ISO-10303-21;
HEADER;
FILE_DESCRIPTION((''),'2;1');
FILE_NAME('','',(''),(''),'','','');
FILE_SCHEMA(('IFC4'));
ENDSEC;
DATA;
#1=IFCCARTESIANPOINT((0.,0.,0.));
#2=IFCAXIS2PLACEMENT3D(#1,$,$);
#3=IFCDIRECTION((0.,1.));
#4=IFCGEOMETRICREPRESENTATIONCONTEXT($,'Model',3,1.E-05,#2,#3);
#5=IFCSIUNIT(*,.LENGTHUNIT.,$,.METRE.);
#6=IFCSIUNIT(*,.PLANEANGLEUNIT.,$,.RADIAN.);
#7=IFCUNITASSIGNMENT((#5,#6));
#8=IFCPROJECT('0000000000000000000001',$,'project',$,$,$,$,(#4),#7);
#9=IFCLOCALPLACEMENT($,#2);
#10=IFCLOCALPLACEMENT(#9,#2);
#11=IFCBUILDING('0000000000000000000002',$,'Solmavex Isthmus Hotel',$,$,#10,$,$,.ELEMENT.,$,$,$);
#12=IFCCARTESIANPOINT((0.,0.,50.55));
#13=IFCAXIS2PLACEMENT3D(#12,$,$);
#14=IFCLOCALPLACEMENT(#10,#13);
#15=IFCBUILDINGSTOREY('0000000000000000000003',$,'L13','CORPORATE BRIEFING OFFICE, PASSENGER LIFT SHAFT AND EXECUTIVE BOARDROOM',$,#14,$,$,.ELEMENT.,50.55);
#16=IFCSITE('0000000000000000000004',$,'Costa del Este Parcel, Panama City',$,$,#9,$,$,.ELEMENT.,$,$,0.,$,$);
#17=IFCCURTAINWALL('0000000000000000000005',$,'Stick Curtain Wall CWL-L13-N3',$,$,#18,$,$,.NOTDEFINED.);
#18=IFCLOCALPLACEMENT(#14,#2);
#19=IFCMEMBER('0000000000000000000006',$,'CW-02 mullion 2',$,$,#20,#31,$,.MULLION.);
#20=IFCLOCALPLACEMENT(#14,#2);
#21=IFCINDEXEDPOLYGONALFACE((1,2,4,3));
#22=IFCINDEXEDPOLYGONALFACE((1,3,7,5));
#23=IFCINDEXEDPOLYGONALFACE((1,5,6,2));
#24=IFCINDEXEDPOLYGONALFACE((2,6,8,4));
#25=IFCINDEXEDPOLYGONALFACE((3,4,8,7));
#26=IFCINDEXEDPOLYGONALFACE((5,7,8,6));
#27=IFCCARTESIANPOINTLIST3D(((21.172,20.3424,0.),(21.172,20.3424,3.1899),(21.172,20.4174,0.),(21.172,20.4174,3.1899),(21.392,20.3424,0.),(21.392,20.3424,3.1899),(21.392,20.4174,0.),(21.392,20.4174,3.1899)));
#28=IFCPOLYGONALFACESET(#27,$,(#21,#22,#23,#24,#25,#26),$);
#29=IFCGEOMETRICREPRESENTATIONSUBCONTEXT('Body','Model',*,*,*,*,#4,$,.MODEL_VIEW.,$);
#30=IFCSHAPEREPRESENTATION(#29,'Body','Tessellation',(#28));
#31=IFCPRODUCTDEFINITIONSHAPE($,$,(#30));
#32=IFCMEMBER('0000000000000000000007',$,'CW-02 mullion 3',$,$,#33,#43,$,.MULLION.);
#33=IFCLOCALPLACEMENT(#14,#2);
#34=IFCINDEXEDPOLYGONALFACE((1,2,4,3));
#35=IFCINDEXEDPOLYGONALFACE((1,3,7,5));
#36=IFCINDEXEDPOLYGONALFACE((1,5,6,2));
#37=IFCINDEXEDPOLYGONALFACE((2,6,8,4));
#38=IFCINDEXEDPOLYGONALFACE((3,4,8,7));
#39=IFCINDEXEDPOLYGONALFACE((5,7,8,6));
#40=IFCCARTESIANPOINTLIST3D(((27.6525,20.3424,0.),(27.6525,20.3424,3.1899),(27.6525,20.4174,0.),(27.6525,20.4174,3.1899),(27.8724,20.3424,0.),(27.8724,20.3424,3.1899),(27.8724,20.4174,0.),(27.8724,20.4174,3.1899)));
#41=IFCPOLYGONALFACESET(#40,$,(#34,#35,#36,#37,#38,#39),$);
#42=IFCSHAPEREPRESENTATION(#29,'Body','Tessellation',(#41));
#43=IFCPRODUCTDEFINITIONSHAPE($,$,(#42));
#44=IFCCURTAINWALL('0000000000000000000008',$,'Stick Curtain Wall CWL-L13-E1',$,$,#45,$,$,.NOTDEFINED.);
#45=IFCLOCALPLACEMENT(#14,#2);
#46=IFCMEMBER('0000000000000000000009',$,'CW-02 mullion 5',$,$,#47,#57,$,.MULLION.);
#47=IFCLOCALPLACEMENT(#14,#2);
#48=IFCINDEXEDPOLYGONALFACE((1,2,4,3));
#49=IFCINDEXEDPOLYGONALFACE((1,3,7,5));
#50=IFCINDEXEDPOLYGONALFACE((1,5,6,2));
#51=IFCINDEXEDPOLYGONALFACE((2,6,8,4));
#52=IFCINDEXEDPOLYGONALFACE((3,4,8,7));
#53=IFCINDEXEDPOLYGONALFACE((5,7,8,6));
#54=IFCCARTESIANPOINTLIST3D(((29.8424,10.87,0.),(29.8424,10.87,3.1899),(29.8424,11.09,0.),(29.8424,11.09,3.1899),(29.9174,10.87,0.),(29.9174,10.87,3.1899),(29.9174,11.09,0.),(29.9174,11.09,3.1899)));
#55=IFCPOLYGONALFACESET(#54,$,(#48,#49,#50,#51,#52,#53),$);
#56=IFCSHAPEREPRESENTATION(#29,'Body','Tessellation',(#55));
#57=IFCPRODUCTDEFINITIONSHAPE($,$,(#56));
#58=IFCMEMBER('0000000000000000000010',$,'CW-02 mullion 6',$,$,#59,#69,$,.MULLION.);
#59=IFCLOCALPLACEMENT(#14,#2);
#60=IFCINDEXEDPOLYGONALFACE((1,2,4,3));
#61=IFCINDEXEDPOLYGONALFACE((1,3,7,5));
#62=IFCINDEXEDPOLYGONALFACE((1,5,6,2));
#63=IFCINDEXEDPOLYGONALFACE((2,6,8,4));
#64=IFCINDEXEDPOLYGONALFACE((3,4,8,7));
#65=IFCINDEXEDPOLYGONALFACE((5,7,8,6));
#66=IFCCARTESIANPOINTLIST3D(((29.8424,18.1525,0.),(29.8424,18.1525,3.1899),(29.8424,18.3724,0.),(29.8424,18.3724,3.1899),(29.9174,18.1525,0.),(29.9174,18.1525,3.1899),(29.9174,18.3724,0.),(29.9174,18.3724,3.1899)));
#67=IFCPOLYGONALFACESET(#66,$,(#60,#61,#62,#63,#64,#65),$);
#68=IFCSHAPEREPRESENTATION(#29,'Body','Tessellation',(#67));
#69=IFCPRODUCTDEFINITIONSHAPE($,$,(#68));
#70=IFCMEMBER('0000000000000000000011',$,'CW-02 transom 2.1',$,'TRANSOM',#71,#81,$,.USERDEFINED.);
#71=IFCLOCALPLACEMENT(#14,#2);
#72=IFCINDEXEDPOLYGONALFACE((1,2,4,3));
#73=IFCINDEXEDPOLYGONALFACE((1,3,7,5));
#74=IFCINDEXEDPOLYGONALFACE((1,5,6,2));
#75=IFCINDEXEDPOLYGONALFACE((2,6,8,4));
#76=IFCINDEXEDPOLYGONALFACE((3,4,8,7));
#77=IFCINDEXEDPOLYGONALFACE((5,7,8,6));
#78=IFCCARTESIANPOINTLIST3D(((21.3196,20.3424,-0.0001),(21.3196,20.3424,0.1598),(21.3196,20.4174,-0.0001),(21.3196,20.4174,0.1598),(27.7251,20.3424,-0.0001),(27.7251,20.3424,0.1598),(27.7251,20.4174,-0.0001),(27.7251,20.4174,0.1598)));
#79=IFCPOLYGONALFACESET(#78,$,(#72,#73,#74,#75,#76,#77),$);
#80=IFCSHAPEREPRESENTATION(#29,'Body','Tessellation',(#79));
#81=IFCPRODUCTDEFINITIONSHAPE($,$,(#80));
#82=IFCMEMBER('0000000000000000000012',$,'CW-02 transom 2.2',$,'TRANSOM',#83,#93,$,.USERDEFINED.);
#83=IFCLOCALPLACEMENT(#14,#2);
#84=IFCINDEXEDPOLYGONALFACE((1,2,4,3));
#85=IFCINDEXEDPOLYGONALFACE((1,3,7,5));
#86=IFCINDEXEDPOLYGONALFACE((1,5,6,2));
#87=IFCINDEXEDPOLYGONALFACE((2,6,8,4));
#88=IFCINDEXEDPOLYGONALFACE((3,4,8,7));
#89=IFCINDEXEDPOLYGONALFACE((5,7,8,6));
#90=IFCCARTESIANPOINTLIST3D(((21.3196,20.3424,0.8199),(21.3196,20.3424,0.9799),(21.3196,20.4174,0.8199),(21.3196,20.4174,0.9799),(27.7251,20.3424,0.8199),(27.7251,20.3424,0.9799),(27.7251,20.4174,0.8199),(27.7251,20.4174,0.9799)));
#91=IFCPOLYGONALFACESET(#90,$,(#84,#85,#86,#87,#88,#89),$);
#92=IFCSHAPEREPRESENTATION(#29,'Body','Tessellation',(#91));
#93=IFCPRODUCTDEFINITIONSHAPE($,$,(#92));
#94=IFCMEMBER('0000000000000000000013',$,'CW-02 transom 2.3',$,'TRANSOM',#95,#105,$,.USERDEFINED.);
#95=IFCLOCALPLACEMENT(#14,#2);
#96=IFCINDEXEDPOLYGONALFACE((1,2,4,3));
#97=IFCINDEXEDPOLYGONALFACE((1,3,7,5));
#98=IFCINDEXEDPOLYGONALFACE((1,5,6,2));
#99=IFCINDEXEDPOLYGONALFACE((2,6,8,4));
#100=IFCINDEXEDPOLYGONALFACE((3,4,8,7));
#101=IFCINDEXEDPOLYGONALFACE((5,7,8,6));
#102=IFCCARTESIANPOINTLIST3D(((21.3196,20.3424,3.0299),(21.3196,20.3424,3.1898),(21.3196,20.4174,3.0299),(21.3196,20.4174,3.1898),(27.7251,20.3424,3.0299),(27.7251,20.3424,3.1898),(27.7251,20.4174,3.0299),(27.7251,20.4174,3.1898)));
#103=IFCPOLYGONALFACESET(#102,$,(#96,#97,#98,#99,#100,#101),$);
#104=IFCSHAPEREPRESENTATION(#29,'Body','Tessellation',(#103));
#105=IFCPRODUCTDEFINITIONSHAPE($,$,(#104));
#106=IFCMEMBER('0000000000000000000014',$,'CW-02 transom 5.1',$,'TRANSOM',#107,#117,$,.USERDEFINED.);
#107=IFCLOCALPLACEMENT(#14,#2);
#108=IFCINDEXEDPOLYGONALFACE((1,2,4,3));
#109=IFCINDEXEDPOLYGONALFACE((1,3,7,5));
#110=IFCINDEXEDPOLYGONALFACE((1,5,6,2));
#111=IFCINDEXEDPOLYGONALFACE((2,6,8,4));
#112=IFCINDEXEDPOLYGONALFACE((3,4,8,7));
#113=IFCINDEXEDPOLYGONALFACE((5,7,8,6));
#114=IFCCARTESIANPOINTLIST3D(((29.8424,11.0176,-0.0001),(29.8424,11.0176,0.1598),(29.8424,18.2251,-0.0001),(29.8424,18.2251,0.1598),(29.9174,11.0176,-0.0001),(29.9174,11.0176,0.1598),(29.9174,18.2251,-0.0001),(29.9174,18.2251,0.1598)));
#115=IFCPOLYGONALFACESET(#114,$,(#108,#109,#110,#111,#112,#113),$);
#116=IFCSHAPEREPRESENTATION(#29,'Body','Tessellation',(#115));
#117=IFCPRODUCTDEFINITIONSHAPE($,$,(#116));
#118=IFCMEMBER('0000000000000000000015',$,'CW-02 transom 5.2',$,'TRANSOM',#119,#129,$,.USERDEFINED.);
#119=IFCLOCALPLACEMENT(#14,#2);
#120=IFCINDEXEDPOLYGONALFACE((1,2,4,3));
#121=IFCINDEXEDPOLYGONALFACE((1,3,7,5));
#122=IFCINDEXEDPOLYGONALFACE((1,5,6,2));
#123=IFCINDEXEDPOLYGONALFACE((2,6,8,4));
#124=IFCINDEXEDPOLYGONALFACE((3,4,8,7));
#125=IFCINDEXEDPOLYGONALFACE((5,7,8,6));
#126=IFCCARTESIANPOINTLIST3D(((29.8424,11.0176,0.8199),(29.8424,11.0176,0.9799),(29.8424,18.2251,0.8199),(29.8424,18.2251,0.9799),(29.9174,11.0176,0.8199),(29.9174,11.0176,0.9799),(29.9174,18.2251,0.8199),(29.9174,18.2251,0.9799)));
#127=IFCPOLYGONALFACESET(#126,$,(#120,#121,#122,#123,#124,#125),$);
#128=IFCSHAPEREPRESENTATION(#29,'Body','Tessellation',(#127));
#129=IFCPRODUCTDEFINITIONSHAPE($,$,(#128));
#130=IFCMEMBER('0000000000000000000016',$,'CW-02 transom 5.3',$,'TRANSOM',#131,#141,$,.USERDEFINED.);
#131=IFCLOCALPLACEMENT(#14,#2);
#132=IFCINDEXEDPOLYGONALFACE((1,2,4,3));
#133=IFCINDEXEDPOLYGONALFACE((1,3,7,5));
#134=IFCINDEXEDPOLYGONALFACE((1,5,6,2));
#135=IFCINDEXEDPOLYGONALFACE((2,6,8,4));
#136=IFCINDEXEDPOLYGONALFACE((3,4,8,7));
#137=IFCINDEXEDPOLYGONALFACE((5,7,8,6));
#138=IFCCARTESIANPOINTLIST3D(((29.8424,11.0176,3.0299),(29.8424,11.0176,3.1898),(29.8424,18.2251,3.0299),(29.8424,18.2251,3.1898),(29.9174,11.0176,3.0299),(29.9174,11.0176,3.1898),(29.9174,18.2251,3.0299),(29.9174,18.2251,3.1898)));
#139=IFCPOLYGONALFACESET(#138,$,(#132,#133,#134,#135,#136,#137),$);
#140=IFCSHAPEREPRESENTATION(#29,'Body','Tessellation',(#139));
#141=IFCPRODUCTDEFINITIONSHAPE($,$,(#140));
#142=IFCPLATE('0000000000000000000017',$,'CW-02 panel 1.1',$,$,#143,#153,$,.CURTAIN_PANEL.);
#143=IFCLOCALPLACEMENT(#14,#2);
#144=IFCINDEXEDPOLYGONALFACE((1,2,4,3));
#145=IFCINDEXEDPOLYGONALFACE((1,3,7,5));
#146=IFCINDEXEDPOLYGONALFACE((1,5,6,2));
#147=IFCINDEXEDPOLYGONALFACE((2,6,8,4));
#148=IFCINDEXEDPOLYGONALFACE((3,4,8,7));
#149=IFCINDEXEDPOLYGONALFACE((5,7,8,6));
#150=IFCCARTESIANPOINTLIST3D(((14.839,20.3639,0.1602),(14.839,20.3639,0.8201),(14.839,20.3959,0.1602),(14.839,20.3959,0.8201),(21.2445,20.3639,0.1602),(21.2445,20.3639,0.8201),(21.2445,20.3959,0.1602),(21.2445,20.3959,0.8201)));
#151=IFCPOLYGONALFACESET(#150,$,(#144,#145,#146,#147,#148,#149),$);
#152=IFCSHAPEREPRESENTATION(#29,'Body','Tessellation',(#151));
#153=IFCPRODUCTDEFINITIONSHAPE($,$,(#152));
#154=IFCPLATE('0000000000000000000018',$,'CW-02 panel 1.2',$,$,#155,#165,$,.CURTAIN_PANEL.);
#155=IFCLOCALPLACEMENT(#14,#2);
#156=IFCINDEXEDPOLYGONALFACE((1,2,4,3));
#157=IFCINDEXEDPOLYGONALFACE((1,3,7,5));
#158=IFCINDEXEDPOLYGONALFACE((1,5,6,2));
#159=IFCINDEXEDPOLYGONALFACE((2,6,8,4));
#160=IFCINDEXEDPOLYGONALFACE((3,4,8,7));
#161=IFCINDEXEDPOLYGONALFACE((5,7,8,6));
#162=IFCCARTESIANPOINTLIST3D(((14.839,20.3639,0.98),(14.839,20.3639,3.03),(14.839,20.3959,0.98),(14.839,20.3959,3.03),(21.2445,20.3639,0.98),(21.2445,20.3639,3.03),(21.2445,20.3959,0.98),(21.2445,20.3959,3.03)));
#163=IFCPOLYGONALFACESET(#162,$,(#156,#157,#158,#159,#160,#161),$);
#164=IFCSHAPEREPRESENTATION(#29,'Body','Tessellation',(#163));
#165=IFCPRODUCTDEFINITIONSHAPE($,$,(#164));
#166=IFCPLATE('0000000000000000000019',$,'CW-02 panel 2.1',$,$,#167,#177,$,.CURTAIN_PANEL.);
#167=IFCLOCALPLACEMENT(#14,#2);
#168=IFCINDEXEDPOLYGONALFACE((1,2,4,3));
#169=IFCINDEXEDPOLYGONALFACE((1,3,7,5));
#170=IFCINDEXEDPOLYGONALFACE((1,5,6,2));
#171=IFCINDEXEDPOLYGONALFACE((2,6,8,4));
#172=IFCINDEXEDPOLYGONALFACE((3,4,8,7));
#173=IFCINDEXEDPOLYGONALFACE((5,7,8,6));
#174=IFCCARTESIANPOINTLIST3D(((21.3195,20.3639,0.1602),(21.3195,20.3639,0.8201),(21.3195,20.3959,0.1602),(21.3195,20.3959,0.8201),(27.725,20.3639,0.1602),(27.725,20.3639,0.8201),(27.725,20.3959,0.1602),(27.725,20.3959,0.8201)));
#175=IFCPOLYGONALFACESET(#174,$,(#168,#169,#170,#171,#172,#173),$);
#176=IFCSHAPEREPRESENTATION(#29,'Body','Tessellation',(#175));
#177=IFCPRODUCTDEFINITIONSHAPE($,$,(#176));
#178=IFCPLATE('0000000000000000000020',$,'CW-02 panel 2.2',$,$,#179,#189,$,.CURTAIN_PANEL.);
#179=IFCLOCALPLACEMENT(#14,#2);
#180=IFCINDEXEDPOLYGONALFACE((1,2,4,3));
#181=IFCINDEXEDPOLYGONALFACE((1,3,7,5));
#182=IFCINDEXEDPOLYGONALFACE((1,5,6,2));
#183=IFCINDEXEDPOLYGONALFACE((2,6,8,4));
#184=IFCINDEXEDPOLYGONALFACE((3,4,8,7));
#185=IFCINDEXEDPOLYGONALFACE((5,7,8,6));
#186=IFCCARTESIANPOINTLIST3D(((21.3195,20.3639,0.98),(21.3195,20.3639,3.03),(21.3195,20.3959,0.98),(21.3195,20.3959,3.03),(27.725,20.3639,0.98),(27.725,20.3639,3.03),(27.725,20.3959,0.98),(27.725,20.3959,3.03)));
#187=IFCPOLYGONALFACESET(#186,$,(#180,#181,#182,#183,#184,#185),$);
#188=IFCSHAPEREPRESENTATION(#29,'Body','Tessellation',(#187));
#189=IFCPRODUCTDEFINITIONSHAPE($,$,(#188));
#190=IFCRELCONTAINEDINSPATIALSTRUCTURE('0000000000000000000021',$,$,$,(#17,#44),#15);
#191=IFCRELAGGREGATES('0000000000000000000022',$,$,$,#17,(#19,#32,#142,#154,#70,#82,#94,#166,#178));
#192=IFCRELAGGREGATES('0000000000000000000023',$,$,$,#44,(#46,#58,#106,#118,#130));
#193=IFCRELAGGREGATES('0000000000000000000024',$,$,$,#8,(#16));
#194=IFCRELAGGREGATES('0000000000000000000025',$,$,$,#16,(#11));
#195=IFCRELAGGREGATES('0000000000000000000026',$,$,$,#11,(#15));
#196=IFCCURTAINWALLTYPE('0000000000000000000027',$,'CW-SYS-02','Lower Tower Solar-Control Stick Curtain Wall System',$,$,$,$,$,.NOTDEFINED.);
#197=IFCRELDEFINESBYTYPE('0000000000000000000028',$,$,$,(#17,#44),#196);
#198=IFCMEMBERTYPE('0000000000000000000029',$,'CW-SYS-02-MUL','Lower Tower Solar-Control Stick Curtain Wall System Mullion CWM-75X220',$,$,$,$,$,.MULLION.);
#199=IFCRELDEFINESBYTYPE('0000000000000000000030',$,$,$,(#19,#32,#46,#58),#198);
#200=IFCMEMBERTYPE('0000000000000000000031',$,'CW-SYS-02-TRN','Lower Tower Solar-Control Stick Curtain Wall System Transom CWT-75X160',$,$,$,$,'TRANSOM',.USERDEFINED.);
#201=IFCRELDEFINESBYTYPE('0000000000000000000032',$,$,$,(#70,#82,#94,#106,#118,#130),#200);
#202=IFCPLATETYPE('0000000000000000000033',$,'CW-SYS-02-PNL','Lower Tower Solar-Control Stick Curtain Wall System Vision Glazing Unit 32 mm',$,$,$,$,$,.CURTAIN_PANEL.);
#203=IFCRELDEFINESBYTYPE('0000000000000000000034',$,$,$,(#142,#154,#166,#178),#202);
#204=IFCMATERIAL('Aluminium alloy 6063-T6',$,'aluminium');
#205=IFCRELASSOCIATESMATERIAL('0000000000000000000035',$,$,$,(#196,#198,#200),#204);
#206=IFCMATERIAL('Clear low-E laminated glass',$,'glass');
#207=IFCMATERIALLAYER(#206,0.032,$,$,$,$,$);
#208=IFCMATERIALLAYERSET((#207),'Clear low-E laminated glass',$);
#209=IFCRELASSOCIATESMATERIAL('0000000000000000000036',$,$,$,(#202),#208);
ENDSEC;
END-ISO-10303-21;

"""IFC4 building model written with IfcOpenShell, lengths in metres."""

from ifc_helpers import new_model, si_unit, direction, frame, origin, origin_2d, place, context, subcontext, project, spatial, rectangle, extrude, material, layer, layer_set, material_profile, profile_set, type_object, element, aggregate, save


model = new_model("IFC4")

# Units and contexts
model_context = context("Model", 3, precision=1e-05, world=origin(), true_north=direction((0.0, 1.0)))
body_context = subcontext(model_context, "Body", "Model", "MODEL_VIEW")
ifc_project = project(units=[si_unit("LENGTHUNIT", "METRE"), si_unit("PLANEANGLEUNIT", "RADIAN")], contexts=[model_context])

# Site, building, storey
site_placement = place(None, origin())
site = spatial("IfcSite", under=ifc_project, at=site_placement, Name="Costa del Este Parcel, Panama City", CompositionType="ELEMENT", RefElevation=0.0)
building_placement = place(site_placement, origin())
building = spatial("IfcBuilding", under=site, at=building_placement, Name="Solmavex Isthmus Hotel", CompositionType="ELEMENT")
storey_placement = place(building_placement, frame((0.0, 0.0, 50.55)))
storey = spatial("IfcBuildingStorey", under=building, at=storey_placement, Name="L13", Description="CORPORATE BRIEFING OFFICE, PASSENGER LIFT SHAFT AND EXECUTIVE BOARDROOM", CompositionType="ELEMENT", Elevation=50.55)

# Curtain walls, members
ifc_material_1 = material(Name="Aluminium alloy 6063-T6", Category="aluminium")
curtain_wall_type = type_object("IfcCurtainWallType", Name="CW-SYS-02", Description="Lower Tower Solar-Control Stick Curtain Wall System", PredefinedType="NOTDEFINED", material=ifc_material_1)
curtain_wall_1_placement = place(storey_placement, origin())
curtain_wall_1 = element("IfcCurtainWall", 1, at=curtain_wall_1_placement, inside=storey, type_object=curtain_wall_type, Name="Stick Curtain Wall CWL-L13-N3", PredefinedType="NOTDEFINED")
ifc_material_profile_1 = material_profile(ifc_material_1, rectangle(XDim=0.075, YDim=0.22, at=origin_2d()), Name="CWM-75X220")
ifc_profile_set_1 = profile_set([ifc_material_profile_1], Name="Aluminium alloy 6063-T6")
member_type_1 = type_object("IfcMemberType", Name="CW-SYS-02-MUL", Description="Lower Tower Solar-Control Stick Curtain Wall System Mullion CWM-75X220", PredefinedType="MULLION", material=ifc_profile_set_1)
member_1_placement = place(storey_placement, frame((21.282, 20.3799, 0.0), z_axis=(0.0, 0.0, 1.0), x_axis=(0.0, 1.0, 0.0)))
member_1 = element("IfcMember", 2, at=member_1_placement, type_object=member_type_1, Name="CW-02 mullion 2", PredefinedType="MULLION", context=body_context, shape_type="SweptSolid", body=[
    extrude(rectangle(XDim=0.075, YDim=0.22, at=origin_2d()), origin(), (0.0, 0.0, 1.0), 3.1899),
])
member_2_placement = place(storey_placement, frame((27.7625, 20.3799, 0.0), z_axis=(0.0, 0.0, 1.0), x_axis=(0.0, 1.0, 0.0)))
member_2 = element("IfcMember", 3, at=member_2_placement, type_object=member_type_1, Name="CW-02 mullion 3", PredefinedType="MULLION", context=body_context, shape_type="SweptSolid", body=[
    extrude(rectangle(XDim=0.075, YDim=0.22, at=origin_2d()), origin(), (0.0, 0.0, 1.0), 3.1899),
])
curtain_wall_2_placement = place(storey_placement, origin())
curtain_wall_2 = element("IfcCurtainWall", 4, at=curtain_wall_2_placement, inside=storey, type_object=curtain_wall_type, Name="Stick Curtain Wall CWL-L13-E1", PredefinedType="NOTDEFINED")
member_3_placement = place(storey_placement, frame((29.8799, 10.98, 0.0), z_axis=(0.0, 0.0, 1.0), x_axis=(-1.0, 0.0, 0.0)))
member_3 = element("IfcMember", 5, at=member_3_placement, type_object=member_type_1, Name="CW-02 mullion 5", PredefinedType="MULLION", context=body_context, shape_type="SweptSolid", body=[
    extrude(rectangle(XDim=0.075, YDim=0.22, at=origin_2d()), origin(), (0.0, 0.0, 1.0), 3.1899),
])
member_4_placement = place(storey_placement, frame((29.8799, 18.2625, 0.0), z_axis=(0.0, 0.0, 1.0), x_axis=(-1.0, 0.0, 0.0)))
member_4 = element("IfcMember", 6, at=member_4_placement, type_object=member_type_1, Name="CW-02 mullion 6", PredefinedType="MULLION", context=body_context, shape_type="SweptSolid", body=[
    extrude(rectangle(XDim=0.075, YDim=0.22, at=origin_2d()), origin(), (0.0, 0.0, 1.0), 3.1899),
])

# Members
ifc_material_profile_2 = material_profile(ifc_material_1, rectangle(XDim=0.075, YDim=0.1599, at=origin_2d()), Name="CWT-75X160")
ifc_profile_set_2 = profile_set([ifc_material_profile_2], Name="Aluminium alloy 6063-T6")
member_type_2 = type_object("IfcMemberType", Name="CW-SYS-02-TRN", Description="Lower Tower Solar-Control Stick Curtain Wall System Transom CWT-75X160", ElementType="TRANSOM", PredefinedType="USERDEFINED", material=ifc_profile_set_2)
member_5_placement = place(storey_placement, frame((21.3196, 20.3799, 0.0798), z_axis=(1.0, 0.0, 0.0), x_axis=(0.0, 1.0, 0.0)))
member_5 = element("IfcMember", 7, at=member_5_placement, type_object=member_type_2, Name="CW-02 transom 2.1", ObjectType="TRANSOM", PredefinedType="USERDEFINED", context=body_context, shape_type="SweptSolid", body=[
    extrude(rectangle(XDim=0.075, YDim=0.1599, at=origin_2d()), origin(), (0.0, 0.0, 1.0), 6.4055),
])
member_6_placement = place(storey_placement, frame((21.3196, 20.3799, 0.8999), z_axis=(1.0, 0.0, 0.0), x_axis=(0.0, 1.0, 0.0)))
member_6 = element("IfcMember", 8, at=member_6_placement, type_object=member_type_2, Name="CW-02 transom 2.2", ObjectType="TRANSOM", PredefinedType="USERDEFINED", context=body_context, shape_type="SweptSolid", body=[
    extrude(rectangle(XDim=0.075, YDim=0.1599, at=origin_2d()), origin(), (0.0, 0.0, 1.0), 6.4055),
])
member_7_placement = place(storey_placement, frame((21.3196, 20.3799, 3.1099), z_axis=(1.0, 0.0, 0.0), x_axis=(0.0, 1.0, 0.0)))
member_7 = element("IfcMember", 9, at=member_7_placement, type_object=member_type_2, Name="CW-02 transom 2.3", ObjectType="TRANSOM", PredefinedType="USERDEFINED", context=body_context, shape_type="SweptSolid", body=[
    extrude(rectangle(XDim=0.075, YDim=0.1599, at=origin_2d()), origin(), (0.0, 0.0, 1.0), 6.4055),
])
member_8_placement = place(storey_placement, frame((29.8799, 11.0176, 0.0798), z_axis=(0.0, 1.0, 0.0), x_axis=(-1.0, 0.0, 0.0)))
member_8 = element("IfcMember", 10, at=member_8_placement, type_object=member_type_2, Name="CW-02 transom 5.1", ObjectType="TRANSOM", PredefinedType="USERDEFINED", context=body_context, shape_type="SweptSolid", body=[
    extrude(rectangle(XDim=0.075, YDim=0.1599, at=origin_2d()), origin(), (0.0, 0.0, 1.0), 7.2075),
])
member_9_placement = place(storey_placement, frame((29.8799, 11.0176, 0.8999), z_axis=(0.0, 1.0, 0.0), x_axis=(-1.0, 0.0, 0.0)))
member_9 = element("IfcMember", 11, at=member_9_placement, type_object=member_type_2, Name="CW-02 transom 5.2", ObjectType="TRANSOM", PredefinedType="USERDEFINED", context=body_context, shape_type="SweptSolid", body=[
    extrude(rectangle(XDim=0.075, YDim=0.1599, at=origin_2d()), origin(), (0.0, 0.0, 1.0), 7.2075),
])
member_10_placement = place(storey_placement, frame((29.8799, 11.0176, 3.1099), z_axis=(0.0, 1.0, 0.0), x_axis=(-1.0, 0.0, 0.0)))
member_10 = element("IfcMember", 12, at=member_10_placement, type_object=member_type_2, Name="CW-02 transom 5.3", ObjectType="TRANSOM", PredefinedType="USERDEFINED", context=body_context, shape_type="SweptSolid", body=[
    extrude(rectangle(XDim=0.075, YDim=0.1599, at=origin_2d()), origin(), (0.0, 0.0, 1.0), 7.2075),
])

# Plates
ifc_material_2 = material(Name="Clear low-E laminated glass", Category="glass")
ifc_layer_1 = layer(ifc_material_2, 0.032)
ifc_layer_set_1 = layer_set([ifc_layer_1], Name="Clear low-E laminated glass")
plate_type = type_object("IfcPlateType", Name="CW-SYS-02-PNL", Description="Lower Tower Solar-Control Stick Curtain Wall System Vision Glazing Unit 32 mm", PredefinedType="CURTAIN_PANEL", material=ifc_layer_set_1)
plate_1_placement = place(storey_placement, frame((18.0417, 20.3799, 0.1602), z_axis=(0.0, 0.0, 1.0), x_axis=(1.0, 0.0, 0.0)))
plate_1 = element("IfcPlate", 13, at=plate_1_placement, type_object=plate_type, Name="CW-02 panel 1.1", PredefinedType="CURTAIN_PANEL", context=body_context, shape_type="SweptSolid", body=[
    extrude(rectangle(XDim=6.4055, YDim=0.032, at=origin_2d()), origin(), (0.0, 0.0, 1.0), 0.6599),
])
plate_2_placement = place(storey_placement, frame((18.0417, 20.3799, 0.98), z_axis=(0.0, 0.0, 1.0), x_axis=(1.0, 0.0, 0.0)))
plate_2 = element("IfcPlate", 14, at=plate_2_placement, type_object=plate_type, Name="CW-02 panel 1.2", PredefinedType="CURTAIN_PANEL", context=body_context, shape_type="SweptSolid", body=[
    extrude(rectangle(XDim=6.4055, YDim=0.032, at=origin_2d()), origin(), (0.0, 0.0, 1.0), 2.05),
])
plate_3_placement = place(storey_placement, frame((24.5222, 20.3799, 0.1602), z_axis=(0.0, 0.0, 1.0), x_axis=(1.0, 0.0, 0.0)))
plate_3 = element("IfcPlate", 15, at=plate_3_placement, type_object=plate_type, Name="CW-02 panel 2.1", PredefinedType="CURTAIN_PANEL", context=body_context, shape_type="SweptSolid", body=[
    extrude(rectangle(XDim=6.4055, YDim=0.032, at=origin_2d()), origin(), (0.0, 0.0, 1.0), 0.6599),
])
plate_4_placement = place(storey_placement, frame((24.5222, 20.3799, 0.98), z_axis=(0.0, 0.0, 1.0), x_axis=(1.0, 0.0, 0.0)))
plate_4 = element("IfcPlate", 16, at=plate_4_placement, type_object=plate_type, Name="CW-02 panel 2.2", PredefinedType="CURTAIN_PANEL", context=body_context, shape_type="SweptSolid", body=[
    extrude(rectangle(XDim=6.4055, YDim=0.032, at=origin_2d()), origin(), (0.0, 0.0, 1.0), 2.05),
])
aggregate(curtain_wall_1, [member_1, member_2, plate_1, plate_2, member_5, member_6, member_7, plate_3, plate_4])
aggregate(curtain_wall_2, [member_3, member_4, member_8, member_9, member_10])

save(model, "model.ifc")
